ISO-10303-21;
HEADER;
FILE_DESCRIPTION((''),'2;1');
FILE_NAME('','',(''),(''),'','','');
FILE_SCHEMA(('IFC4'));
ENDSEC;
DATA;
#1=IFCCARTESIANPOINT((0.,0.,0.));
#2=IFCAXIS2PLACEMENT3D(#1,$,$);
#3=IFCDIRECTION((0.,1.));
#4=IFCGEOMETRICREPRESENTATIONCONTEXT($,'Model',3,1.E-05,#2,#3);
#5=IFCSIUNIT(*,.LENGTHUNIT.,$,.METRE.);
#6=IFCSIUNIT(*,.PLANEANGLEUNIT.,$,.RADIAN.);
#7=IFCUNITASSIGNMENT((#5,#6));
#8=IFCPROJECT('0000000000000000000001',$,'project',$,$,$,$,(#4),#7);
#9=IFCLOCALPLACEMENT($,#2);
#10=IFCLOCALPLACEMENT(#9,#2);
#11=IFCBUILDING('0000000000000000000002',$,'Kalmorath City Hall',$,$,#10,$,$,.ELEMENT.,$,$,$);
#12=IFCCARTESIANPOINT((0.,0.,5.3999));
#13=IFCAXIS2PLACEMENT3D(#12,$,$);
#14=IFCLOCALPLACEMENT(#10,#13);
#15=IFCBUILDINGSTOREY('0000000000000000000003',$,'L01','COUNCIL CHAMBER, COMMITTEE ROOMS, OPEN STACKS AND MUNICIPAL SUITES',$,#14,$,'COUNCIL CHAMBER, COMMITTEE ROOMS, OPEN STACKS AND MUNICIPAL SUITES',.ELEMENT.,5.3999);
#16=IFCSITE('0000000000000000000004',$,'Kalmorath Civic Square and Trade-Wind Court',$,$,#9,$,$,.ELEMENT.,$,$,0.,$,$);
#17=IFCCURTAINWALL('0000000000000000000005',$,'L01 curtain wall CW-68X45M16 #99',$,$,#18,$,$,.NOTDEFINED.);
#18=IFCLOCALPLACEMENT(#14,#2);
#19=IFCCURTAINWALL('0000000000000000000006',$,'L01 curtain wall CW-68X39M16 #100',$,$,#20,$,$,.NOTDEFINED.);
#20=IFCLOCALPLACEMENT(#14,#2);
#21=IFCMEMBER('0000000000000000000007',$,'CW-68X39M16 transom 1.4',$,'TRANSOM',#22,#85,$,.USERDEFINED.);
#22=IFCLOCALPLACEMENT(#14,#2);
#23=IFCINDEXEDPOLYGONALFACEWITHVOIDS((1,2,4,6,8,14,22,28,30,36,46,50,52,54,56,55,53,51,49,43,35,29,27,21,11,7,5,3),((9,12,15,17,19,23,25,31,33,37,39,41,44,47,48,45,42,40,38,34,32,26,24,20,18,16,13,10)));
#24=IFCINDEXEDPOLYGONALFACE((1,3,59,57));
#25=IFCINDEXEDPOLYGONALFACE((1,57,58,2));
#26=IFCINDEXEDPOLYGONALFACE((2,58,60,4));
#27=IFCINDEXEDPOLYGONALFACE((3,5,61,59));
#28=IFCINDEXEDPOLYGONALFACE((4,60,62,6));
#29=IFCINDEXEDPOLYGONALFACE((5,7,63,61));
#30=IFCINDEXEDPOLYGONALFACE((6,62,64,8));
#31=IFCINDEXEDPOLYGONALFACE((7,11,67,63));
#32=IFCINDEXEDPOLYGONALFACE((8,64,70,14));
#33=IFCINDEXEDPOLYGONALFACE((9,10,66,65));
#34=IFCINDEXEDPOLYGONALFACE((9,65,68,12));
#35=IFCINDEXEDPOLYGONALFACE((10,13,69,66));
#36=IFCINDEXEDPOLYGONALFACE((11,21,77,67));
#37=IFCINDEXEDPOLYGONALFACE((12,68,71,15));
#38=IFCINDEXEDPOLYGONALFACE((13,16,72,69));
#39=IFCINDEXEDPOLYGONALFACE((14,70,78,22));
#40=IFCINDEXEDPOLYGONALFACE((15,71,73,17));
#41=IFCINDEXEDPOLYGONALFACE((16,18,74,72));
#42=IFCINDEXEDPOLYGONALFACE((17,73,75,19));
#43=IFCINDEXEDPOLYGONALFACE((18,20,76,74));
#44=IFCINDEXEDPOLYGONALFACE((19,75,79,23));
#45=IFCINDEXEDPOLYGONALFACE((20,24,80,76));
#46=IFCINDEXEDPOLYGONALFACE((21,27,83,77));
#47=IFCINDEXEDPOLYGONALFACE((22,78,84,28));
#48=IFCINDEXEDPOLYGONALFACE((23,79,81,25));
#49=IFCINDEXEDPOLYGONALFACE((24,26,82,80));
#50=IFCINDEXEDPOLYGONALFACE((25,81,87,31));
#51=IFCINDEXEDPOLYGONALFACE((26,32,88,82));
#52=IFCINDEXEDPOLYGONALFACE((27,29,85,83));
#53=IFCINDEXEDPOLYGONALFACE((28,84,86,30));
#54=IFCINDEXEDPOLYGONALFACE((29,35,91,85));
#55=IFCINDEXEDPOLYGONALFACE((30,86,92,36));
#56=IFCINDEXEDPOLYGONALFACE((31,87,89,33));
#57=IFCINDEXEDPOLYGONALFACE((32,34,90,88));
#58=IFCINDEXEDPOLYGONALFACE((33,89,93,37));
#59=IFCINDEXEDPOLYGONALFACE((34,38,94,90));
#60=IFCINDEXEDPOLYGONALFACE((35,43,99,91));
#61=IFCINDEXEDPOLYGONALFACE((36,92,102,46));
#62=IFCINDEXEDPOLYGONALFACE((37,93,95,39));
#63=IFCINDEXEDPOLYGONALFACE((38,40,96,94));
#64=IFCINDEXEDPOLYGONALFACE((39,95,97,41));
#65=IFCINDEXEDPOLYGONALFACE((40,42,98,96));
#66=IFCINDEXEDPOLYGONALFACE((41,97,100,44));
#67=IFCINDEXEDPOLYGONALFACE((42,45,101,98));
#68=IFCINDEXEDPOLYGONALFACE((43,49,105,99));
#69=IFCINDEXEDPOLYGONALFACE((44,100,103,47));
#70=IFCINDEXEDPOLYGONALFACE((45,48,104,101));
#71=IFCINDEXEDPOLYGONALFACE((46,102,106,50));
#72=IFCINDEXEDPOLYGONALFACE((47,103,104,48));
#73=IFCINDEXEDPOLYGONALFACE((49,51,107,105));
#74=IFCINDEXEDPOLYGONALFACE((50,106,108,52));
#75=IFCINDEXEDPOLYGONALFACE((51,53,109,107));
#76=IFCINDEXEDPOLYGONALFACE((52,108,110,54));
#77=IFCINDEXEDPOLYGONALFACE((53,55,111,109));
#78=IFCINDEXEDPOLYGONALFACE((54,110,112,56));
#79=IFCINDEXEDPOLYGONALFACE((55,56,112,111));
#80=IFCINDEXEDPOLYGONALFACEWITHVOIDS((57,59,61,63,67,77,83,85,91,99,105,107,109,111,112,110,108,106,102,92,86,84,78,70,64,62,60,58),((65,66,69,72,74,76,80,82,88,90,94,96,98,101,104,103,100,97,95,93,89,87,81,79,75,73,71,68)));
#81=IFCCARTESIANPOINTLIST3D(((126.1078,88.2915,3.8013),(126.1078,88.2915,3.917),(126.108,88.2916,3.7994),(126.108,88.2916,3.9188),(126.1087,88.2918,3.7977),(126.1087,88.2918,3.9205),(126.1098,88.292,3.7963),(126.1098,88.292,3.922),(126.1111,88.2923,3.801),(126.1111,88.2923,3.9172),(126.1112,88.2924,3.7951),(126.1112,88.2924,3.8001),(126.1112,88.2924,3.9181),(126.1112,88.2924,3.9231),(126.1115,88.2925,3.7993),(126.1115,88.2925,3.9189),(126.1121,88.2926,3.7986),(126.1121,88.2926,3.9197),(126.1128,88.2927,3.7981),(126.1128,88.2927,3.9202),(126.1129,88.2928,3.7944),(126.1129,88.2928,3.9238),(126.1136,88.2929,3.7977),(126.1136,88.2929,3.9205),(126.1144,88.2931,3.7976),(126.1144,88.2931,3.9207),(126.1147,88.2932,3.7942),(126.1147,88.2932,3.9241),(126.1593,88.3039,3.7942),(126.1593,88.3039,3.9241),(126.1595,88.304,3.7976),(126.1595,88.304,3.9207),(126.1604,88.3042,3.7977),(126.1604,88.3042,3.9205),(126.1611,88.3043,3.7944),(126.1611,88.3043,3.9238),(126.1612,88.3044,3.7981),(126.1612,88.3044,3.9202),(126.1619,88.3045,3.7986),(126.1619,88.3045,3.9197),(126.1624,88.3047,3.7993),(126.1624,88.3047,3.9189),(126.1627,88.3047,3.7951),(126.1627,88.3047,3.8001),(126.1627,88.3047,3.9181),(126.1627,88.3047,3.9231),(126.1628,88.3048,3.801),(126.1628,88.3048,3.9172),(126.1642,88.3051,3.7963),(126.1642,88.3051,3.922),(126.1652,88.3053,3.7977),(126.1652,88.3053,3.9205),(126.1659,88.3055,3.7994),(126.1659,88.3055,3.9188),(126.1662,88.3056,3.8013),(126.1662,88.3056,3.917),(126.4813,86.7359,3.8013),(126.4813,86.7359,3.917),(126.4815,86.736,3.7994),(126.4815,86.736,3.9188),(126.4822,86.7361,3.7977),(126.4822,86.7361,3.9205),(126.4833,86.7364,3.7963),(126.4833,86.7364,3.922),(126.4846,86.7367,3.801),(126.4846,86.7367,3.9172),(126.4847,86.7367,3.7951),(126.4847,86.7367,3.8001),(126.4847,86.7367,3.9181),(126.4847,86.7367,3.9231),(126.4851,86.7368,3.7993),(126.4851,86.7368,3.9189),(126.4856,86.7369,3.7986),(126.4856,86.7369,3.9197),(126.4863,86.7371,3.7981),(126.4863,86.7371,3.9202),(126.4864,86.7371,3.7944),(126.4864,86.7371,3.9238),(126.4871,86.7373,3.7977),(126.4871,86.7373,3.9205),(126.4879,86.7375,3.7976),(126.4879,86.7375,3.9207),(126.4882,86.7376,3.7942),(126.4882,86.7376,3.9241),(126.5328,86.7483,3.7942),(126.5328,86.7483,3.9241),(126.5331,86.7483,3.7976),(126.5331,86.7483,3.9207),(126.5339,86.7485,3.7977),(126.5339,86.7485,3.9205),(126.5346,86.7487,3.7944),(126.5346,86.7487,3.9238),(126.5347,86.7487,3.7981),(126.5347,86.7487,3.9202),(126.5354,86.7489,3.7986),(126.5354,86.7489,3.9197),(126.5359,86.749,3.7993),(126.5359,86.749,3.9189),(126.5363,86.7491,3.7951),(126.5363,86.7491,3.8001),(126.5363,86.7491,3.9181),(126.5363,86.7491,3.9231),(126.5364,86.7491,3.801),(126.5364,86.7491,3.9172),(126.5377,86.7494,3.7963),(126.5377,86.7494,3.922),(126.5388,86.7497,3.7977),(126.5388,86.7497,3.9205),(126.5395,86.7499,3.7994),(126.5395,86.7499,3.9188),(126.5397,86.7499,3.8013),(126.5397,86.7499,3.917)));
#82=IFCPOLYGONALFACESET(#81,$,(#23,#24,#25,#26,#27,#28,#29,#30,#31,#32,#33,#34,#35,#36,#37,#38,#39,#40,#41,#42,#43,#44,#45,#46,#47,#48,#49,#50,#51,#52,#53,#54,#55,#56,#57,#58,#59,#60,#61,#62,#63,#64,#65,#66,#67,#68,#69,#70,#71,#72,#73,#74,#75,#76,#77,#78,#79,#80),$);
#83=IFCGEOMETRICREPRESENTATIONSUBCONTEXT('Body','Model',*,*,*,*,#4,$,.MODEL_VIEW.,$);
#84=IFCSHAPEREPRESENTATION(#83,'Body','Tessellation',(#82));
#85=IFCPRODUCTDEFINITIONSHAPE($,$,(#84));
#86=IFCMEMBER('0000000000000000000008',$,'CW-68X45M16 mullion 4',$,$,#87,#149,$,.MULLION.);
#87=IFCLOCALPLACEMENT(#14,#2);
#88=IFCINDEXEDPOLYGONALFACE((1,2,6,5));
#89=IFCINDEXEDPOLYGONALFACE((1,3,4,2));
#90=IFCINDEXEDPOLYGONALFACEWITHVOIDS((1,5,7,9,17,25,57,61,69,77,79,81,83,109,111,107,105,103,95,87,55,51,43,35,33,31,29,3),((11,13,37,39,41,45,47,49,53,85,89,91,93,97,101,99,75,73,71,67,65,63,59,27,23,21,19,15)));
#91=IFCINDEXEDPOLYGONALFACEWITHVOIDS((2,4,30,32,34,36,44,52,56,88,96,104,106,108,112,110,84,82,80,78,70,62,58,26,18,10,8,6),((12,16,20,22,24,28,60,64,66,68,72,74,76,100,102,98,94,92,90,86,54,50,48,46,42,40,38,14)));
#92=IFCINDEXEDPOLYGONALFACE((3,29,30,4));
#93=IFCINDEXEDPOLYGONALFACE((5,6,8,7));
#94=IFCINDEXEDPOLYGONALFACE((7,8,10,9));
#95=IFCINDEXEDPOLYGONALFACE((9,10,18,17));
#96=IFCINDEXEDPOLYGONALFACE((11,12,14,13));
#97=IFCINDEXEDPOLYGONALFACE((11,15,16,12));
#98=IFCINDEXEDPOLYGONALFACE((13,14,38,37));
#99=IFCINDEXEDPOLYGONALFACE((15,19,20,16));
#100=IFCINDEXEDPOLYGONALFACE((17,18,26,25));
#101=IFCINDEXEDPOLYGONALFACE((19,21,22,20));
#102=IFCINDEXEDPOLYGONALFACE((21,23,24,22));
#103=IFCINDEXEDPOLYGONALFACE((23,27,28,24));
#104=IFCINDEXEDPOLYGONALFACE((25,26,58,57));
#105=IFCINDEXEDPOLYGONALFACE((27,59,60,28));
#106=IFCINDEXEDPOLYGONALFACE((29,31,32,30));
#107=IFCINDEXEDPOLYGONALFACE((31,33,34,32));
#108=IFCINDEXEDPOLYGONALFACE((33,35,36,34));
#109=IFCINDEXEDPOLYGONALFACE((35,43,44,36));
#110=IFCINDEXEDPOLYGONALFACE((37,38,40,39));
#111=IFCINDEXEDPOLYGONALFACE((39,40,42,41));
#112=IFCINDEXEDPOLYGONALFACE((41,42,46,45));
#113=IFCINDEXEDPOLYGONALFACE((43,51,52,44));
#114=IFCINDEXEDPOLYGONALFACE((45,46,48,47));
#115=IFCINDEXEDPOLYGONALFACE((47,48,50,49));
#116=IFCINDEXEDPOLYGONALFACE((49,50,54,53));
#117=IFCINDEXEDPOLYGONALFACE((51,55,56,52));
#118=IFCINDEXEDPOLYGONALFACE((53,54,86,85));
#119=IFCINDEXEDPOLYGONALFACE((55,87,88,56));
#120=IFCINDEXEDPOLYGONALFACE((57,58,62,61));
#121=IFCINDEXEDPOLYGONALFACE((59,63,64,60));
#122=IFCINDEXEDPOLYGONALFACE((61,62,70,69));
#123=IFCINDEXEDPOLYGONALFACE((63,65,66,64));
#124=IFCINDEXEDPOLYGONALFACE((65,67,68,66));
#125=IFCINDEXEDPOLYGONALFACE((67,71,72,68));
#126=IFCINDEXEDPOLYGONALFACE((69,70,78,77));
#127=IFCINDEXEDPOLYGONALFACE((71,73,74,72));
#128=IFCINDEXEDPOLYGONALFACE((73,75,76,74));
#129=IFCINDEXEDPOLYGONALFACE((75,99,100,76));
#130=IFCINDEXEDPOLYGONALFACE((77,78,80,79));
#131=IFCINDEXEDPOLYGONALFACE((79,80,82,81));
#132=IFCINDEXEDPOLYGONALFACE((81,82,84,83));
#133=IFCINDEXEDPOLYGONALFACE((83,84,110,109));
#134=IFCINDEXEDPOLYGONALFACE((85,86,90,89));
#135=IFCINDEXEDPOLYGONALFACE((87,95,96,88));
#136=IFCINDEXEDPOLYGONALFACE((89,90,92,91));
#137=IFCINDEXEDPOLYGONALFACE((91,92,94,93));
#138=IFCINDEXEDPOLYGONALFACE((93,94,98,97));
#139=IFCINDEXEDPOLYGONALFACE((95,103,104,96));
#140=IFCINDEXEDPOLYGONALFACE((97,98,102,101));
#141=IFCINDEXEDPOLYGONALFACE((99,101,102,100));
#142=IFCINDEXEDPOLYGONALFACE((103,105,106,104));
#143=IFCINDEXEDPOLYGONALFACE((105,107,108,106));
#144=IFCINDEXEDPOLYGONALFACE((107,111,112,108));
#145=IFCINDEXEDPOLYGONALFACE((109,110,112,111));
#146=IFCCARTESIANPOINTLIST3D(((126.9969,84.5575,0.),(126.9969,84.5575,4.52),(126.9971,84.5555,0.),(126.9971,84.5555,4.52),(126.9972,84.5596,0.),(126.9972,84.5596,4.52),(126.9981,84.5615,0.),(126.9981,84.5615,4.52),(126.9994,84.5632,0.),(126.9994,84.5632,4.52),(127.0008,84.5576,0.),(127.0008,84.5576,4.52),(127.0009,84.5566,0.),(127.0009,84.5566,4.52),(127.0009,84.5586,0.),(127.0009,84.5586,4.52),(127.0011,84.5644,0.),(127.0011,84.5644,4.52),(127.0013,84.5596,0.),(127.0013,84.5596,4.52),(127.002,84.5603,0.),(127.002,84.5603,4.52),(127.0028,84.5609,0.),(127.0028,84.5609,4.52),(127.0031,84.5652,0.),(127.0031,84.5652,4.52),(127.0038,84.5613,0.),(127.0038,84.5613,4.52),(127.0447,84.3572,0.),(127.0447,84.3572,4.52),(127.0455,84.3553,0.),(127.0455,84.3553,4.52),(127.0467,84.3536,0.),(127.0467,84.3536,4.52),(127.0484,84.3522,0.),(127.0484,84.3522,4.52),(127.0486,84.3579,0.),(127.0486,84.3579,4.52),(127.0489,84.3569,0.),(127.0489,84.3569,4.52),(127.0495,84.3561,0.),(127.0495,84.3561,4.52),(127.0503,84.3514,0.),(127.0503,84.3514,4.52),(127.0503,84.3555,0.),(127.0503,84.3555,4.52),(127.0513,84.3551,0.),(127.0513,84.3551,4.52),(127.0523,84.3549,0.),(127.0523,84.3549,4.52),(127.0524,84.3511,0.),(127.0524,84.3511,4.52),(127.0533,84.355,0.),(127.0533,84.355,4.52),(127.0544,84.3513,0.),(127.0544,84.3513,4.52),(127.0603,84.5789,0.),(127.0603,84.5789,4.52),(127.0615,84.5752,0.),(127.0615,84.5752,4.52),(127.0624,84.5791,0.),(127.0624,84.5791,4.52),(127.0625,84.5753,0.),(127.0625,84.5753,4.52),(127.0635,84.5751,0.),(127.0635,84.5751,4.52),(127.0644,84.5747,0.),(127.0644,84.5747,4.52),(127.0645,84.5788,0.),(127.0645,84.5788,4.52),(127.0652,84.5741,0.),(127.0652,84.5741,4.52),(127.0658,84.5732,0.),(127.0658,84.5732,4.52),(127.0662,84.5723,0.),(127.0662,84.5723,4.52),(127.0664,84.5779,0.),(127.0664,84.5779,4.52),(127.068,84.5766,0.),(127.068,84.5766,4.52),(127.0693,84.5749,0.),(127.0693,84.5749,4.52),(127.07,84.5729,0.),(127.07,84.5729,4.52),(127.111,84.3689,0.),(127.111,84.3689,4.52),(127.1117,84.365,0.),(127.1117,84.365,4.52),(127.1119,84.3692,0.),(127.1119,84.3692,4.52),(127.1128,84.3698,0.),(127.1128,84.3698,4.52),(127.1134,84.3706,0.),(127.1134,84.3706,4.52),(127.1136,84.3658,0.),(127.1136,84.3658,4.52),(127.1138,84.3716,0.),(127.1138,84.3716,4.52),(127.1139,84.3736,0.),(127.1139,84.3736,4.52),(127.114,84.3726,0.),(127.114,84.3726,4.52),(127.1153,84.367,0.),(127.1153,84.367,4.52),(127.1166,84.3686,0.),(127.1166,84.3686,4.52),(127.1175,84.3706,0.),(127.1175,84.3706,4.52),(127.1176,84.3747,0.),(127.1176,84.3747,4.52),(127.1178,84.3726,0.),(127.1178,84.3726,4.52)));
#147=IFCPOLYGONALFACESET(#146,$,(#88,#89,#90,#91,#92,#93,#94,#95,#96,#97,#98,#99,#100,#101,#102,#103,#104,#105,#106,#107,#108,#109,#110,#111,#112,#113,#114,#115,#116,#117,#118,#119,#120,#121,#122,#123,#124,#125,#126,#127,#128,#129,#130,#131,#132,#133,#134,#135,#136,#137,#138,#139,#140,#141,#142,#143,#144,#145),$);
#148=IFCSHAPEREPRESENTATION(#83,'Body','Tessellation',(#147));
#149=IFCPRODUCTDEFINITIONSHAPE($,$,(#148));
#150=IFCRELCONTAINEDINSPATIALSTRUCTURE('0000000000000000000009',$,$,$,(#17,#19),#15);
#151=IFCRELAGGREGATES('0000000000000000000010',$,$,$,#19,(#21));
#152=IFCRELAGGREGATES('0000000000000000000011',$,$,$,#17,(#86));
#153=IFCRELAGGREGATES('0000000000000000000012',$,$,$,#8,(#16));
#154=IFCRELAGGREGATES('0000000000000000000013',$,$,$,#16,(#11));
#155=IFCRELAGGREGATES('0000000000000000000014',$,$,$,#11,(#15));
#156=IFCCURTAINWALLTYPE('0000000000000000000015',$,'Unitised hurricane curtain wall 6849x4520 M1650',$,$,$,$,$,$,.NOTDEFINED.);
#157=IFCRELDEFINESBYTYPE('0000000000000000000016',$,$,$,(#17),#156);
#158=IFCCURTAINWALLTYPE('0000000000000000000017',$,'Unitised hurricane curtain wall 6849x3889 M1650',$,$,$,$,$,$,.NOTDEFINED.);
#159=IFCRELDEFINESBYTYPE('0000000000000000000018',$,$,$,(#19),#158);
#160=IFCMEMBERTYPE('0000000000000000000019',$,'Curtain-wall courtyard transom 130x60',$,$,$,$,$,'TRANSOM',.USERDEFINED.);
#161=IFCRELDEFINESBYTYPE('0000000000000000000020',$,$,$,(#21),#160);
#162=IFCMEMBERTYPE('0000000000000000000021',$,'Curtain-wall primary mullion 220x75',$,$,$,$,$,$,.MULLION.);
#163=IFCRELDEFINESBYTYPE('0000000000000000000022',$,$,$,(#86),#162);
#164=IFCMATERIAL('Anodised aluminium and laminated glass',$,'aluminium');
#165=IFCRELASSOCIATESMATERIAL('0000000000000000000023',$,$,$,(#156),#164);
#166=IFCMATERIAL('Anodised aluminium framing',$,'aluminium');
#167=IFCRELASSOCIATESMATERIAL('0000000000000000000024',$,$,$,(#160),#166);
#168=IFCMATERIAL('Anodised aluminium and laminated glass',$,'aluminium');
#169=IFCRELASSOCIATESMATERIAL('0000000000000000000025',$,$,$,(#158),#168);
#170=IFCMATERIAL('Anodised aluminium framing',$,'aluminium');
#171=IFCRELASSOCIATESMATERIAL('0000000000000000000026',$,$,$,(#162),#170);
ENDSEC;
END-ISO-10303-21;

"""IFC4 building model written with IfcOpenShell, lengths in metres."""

from ifc_helpers import new_model, si_unit, direction, frame, origin, origin_2d, place, context, subcontext, project, spatial, hollow_rectangle, extrude, material, material_profile, profile_set, type_object, element, aggregate, save


model = new_model("IFC4")

# Units and contexts
model_context = context("Model", 3, precision=1e-05, world=origin(), true_north=direction((0.0, 1.0)))
body_context = subcontext(model_context, "Body", "Model", "MODEL_VIEW")
ifc_project = project(units=[si_unit("LENGTHUNIT", "METRE"), si_unit("PLANEANGLEUNIT", "RADIAN")], contexts=[model_context])

# Site, building, storey
site_placement = place(None, origin())
site = spatial("IfcSite", under=ifc_project, at=site_placement, Name="Kalmorath Civic Square and Trade-Wind Court", CompositionType="ELEMENT", RefElevation=0.0)
building_placement = place(site_placement, origin())
building = spatial("IfcBuilding", under=site, at=building_placement, Name="Kalmorath City Hall", CompositionType="ELEMENT")
storey_placement = place(building_placement, frame((0.0, 0.0, 5.3999)))
storey = spatial("IfcBuildingStorey", under=building, at=storey_placement, Name="L01", Description="COUNCIL CHAMBER, COMMITTEE ROOMS, OPEN STACKS AND MUNICIPAL SUITES", LongName="COUNCIL CHAMBER, COMMITTEE ROOMS, OPEN STACKS AND MUNICIPAL SUITES", CompositionType="ELEMENT", Elevation=5.3999)

# Curtain walls, member
ifc_material_1 = material(Name="Anodised aluminium and laminated glass", Category="aluminium")
curtain_wall_type_1 = type_object("IfcCurtainWallType", Name="Unitised hurricane curtain wall 6849x4520 M1650", PredefinedType="NOTDEFINED", material=ifc_material_1)
curtain_wall_1_placement = place(storey_placement, origin())
curtain_wall_1 = element("IfcCurtainWall", 1, at=curtain_wall_1_placement, inside=storey, type_object=curtain_wall_type_1, Name="L01 curtain wall CW-68X45M16 #99", PredefinedType="NOTDEFINED")
ifc_material_2 = material(Name="Anodised aluminium framing", Category="aluminium")
ifc_material_profile_1 = material_profile(ifc_material_2, hollow_rectangle(XDim=0.0601, YDim=0.1299, WallThickness=0.0034, InnerFilletRadius=0.0034, OuterFilletRadius=0.0071, at=origin_2d()), Name="ALU-TRN-130X60X3.5")
ifc_profile_set_1 = profile_set([ifc_material_profile_1], Name="Anodised aluminium framing")
member_type_1 = type_object("IfcMemberType", Name="Curtain-wall courtyard transom 130x60", ElementType="TRANSOM", PredefinedType="USERDEFINED", material=ifc_profile_set_1)
ifc_material_3 = material(Name="Anodised aluminium and laminated glass", Category="aluminium")
curtain_wall_type_2 = type_object("IfcCurtainWallType", Name="Unitised hurricane curtain wall 6849x3889 M1650", PredefinedType="NOTDEFINED", material=ifc_material_3)
curtain_wall_2_placement = place(storey_placement, origin())
curtain_wall_2 = element("IfcCurtainWall", 2, at=curtain_wall_2_placement, inside=storey, type_object=curtain_wall_type_2, Name="L01 curtain wall CW-68X39M16 #100", PredefinedType="NOTDEFINED")
member_1_placement = place(storey_placement, frame((126.5105, 86.7429, 3.8591), z_axis=(-0.233477, 0.972362, 0.0), x_axis=(-0.972362, -0.233477, 0.0)))
member_1 = element("IfcMember", 3, at=member_1_placement, type_object=member_type_1, Name="CW-68X39M16 transom 1.4", ObjectType="TRANSOM", PredefinedType="USERDEFINED", context=body_context, shape_type="SweptSolid", body=[
    extrude(hollow_rectangle(XDim=0.0601, YDim=0.1299, WallThickness=0.0034, InnerFilletRadius=0.0034, OuterFilletRadius=0.0071, at=origin_2d()), origin(), (0.0, 0.0, 1.0), 1.5999),
])

# Member
ifc_material_4 = material(Name="Anodised aluminium framing", Category="aluminium")
ifc_material_profile_2 = material_profile(ifc_material_4, hollow_rectangle(XDim=0.075, YDim=0.22, WallThickness=0.0039, InnerFilletRadius=0.0039, OuterFilletRadius=0.0081, at=origin_2d()), Name="ALU-MUL-220X75X4")
ifc_profile_set_2 = profile_set([ifc_material_profile_2], Name="Anodised aluminium framing")
member_type_2 = type_object("IfcMemberType", Name="Curtain-wall primary mullion 220x75", PredefinedType="MULLION", material=ifc_profile_set_2)
member_2_placement = place(storey_placement, frame((127.0574, 84.4651, 0.0), z_axis=(0.0, 0.0, 1.0), x_axis=(-0.972367, -0.233456, 0.0)))
member_2 = element("IfcMember", 4, at=member_2_placement, type_object=member_type_2, Name="CW-68X45M16 mullion 4", PredefinedType="MULLION", context=body_context, shape_type="SweptSolid", body=[
    extrude(hollow_rectangle(XDim=0.075, YDim=0.22, WallThickness=0.0039, InnerFilletRadius=0.0039, OuterFilletRadius=0.0081, at=origin_2d()), origin(), (0.0, 0.0, 1.0), 4.52),
])
aggregate(curtain_wall_2, [member_1])

aggregate(curtain_wall_1, [member_2])

save(model, "model.ifc")
